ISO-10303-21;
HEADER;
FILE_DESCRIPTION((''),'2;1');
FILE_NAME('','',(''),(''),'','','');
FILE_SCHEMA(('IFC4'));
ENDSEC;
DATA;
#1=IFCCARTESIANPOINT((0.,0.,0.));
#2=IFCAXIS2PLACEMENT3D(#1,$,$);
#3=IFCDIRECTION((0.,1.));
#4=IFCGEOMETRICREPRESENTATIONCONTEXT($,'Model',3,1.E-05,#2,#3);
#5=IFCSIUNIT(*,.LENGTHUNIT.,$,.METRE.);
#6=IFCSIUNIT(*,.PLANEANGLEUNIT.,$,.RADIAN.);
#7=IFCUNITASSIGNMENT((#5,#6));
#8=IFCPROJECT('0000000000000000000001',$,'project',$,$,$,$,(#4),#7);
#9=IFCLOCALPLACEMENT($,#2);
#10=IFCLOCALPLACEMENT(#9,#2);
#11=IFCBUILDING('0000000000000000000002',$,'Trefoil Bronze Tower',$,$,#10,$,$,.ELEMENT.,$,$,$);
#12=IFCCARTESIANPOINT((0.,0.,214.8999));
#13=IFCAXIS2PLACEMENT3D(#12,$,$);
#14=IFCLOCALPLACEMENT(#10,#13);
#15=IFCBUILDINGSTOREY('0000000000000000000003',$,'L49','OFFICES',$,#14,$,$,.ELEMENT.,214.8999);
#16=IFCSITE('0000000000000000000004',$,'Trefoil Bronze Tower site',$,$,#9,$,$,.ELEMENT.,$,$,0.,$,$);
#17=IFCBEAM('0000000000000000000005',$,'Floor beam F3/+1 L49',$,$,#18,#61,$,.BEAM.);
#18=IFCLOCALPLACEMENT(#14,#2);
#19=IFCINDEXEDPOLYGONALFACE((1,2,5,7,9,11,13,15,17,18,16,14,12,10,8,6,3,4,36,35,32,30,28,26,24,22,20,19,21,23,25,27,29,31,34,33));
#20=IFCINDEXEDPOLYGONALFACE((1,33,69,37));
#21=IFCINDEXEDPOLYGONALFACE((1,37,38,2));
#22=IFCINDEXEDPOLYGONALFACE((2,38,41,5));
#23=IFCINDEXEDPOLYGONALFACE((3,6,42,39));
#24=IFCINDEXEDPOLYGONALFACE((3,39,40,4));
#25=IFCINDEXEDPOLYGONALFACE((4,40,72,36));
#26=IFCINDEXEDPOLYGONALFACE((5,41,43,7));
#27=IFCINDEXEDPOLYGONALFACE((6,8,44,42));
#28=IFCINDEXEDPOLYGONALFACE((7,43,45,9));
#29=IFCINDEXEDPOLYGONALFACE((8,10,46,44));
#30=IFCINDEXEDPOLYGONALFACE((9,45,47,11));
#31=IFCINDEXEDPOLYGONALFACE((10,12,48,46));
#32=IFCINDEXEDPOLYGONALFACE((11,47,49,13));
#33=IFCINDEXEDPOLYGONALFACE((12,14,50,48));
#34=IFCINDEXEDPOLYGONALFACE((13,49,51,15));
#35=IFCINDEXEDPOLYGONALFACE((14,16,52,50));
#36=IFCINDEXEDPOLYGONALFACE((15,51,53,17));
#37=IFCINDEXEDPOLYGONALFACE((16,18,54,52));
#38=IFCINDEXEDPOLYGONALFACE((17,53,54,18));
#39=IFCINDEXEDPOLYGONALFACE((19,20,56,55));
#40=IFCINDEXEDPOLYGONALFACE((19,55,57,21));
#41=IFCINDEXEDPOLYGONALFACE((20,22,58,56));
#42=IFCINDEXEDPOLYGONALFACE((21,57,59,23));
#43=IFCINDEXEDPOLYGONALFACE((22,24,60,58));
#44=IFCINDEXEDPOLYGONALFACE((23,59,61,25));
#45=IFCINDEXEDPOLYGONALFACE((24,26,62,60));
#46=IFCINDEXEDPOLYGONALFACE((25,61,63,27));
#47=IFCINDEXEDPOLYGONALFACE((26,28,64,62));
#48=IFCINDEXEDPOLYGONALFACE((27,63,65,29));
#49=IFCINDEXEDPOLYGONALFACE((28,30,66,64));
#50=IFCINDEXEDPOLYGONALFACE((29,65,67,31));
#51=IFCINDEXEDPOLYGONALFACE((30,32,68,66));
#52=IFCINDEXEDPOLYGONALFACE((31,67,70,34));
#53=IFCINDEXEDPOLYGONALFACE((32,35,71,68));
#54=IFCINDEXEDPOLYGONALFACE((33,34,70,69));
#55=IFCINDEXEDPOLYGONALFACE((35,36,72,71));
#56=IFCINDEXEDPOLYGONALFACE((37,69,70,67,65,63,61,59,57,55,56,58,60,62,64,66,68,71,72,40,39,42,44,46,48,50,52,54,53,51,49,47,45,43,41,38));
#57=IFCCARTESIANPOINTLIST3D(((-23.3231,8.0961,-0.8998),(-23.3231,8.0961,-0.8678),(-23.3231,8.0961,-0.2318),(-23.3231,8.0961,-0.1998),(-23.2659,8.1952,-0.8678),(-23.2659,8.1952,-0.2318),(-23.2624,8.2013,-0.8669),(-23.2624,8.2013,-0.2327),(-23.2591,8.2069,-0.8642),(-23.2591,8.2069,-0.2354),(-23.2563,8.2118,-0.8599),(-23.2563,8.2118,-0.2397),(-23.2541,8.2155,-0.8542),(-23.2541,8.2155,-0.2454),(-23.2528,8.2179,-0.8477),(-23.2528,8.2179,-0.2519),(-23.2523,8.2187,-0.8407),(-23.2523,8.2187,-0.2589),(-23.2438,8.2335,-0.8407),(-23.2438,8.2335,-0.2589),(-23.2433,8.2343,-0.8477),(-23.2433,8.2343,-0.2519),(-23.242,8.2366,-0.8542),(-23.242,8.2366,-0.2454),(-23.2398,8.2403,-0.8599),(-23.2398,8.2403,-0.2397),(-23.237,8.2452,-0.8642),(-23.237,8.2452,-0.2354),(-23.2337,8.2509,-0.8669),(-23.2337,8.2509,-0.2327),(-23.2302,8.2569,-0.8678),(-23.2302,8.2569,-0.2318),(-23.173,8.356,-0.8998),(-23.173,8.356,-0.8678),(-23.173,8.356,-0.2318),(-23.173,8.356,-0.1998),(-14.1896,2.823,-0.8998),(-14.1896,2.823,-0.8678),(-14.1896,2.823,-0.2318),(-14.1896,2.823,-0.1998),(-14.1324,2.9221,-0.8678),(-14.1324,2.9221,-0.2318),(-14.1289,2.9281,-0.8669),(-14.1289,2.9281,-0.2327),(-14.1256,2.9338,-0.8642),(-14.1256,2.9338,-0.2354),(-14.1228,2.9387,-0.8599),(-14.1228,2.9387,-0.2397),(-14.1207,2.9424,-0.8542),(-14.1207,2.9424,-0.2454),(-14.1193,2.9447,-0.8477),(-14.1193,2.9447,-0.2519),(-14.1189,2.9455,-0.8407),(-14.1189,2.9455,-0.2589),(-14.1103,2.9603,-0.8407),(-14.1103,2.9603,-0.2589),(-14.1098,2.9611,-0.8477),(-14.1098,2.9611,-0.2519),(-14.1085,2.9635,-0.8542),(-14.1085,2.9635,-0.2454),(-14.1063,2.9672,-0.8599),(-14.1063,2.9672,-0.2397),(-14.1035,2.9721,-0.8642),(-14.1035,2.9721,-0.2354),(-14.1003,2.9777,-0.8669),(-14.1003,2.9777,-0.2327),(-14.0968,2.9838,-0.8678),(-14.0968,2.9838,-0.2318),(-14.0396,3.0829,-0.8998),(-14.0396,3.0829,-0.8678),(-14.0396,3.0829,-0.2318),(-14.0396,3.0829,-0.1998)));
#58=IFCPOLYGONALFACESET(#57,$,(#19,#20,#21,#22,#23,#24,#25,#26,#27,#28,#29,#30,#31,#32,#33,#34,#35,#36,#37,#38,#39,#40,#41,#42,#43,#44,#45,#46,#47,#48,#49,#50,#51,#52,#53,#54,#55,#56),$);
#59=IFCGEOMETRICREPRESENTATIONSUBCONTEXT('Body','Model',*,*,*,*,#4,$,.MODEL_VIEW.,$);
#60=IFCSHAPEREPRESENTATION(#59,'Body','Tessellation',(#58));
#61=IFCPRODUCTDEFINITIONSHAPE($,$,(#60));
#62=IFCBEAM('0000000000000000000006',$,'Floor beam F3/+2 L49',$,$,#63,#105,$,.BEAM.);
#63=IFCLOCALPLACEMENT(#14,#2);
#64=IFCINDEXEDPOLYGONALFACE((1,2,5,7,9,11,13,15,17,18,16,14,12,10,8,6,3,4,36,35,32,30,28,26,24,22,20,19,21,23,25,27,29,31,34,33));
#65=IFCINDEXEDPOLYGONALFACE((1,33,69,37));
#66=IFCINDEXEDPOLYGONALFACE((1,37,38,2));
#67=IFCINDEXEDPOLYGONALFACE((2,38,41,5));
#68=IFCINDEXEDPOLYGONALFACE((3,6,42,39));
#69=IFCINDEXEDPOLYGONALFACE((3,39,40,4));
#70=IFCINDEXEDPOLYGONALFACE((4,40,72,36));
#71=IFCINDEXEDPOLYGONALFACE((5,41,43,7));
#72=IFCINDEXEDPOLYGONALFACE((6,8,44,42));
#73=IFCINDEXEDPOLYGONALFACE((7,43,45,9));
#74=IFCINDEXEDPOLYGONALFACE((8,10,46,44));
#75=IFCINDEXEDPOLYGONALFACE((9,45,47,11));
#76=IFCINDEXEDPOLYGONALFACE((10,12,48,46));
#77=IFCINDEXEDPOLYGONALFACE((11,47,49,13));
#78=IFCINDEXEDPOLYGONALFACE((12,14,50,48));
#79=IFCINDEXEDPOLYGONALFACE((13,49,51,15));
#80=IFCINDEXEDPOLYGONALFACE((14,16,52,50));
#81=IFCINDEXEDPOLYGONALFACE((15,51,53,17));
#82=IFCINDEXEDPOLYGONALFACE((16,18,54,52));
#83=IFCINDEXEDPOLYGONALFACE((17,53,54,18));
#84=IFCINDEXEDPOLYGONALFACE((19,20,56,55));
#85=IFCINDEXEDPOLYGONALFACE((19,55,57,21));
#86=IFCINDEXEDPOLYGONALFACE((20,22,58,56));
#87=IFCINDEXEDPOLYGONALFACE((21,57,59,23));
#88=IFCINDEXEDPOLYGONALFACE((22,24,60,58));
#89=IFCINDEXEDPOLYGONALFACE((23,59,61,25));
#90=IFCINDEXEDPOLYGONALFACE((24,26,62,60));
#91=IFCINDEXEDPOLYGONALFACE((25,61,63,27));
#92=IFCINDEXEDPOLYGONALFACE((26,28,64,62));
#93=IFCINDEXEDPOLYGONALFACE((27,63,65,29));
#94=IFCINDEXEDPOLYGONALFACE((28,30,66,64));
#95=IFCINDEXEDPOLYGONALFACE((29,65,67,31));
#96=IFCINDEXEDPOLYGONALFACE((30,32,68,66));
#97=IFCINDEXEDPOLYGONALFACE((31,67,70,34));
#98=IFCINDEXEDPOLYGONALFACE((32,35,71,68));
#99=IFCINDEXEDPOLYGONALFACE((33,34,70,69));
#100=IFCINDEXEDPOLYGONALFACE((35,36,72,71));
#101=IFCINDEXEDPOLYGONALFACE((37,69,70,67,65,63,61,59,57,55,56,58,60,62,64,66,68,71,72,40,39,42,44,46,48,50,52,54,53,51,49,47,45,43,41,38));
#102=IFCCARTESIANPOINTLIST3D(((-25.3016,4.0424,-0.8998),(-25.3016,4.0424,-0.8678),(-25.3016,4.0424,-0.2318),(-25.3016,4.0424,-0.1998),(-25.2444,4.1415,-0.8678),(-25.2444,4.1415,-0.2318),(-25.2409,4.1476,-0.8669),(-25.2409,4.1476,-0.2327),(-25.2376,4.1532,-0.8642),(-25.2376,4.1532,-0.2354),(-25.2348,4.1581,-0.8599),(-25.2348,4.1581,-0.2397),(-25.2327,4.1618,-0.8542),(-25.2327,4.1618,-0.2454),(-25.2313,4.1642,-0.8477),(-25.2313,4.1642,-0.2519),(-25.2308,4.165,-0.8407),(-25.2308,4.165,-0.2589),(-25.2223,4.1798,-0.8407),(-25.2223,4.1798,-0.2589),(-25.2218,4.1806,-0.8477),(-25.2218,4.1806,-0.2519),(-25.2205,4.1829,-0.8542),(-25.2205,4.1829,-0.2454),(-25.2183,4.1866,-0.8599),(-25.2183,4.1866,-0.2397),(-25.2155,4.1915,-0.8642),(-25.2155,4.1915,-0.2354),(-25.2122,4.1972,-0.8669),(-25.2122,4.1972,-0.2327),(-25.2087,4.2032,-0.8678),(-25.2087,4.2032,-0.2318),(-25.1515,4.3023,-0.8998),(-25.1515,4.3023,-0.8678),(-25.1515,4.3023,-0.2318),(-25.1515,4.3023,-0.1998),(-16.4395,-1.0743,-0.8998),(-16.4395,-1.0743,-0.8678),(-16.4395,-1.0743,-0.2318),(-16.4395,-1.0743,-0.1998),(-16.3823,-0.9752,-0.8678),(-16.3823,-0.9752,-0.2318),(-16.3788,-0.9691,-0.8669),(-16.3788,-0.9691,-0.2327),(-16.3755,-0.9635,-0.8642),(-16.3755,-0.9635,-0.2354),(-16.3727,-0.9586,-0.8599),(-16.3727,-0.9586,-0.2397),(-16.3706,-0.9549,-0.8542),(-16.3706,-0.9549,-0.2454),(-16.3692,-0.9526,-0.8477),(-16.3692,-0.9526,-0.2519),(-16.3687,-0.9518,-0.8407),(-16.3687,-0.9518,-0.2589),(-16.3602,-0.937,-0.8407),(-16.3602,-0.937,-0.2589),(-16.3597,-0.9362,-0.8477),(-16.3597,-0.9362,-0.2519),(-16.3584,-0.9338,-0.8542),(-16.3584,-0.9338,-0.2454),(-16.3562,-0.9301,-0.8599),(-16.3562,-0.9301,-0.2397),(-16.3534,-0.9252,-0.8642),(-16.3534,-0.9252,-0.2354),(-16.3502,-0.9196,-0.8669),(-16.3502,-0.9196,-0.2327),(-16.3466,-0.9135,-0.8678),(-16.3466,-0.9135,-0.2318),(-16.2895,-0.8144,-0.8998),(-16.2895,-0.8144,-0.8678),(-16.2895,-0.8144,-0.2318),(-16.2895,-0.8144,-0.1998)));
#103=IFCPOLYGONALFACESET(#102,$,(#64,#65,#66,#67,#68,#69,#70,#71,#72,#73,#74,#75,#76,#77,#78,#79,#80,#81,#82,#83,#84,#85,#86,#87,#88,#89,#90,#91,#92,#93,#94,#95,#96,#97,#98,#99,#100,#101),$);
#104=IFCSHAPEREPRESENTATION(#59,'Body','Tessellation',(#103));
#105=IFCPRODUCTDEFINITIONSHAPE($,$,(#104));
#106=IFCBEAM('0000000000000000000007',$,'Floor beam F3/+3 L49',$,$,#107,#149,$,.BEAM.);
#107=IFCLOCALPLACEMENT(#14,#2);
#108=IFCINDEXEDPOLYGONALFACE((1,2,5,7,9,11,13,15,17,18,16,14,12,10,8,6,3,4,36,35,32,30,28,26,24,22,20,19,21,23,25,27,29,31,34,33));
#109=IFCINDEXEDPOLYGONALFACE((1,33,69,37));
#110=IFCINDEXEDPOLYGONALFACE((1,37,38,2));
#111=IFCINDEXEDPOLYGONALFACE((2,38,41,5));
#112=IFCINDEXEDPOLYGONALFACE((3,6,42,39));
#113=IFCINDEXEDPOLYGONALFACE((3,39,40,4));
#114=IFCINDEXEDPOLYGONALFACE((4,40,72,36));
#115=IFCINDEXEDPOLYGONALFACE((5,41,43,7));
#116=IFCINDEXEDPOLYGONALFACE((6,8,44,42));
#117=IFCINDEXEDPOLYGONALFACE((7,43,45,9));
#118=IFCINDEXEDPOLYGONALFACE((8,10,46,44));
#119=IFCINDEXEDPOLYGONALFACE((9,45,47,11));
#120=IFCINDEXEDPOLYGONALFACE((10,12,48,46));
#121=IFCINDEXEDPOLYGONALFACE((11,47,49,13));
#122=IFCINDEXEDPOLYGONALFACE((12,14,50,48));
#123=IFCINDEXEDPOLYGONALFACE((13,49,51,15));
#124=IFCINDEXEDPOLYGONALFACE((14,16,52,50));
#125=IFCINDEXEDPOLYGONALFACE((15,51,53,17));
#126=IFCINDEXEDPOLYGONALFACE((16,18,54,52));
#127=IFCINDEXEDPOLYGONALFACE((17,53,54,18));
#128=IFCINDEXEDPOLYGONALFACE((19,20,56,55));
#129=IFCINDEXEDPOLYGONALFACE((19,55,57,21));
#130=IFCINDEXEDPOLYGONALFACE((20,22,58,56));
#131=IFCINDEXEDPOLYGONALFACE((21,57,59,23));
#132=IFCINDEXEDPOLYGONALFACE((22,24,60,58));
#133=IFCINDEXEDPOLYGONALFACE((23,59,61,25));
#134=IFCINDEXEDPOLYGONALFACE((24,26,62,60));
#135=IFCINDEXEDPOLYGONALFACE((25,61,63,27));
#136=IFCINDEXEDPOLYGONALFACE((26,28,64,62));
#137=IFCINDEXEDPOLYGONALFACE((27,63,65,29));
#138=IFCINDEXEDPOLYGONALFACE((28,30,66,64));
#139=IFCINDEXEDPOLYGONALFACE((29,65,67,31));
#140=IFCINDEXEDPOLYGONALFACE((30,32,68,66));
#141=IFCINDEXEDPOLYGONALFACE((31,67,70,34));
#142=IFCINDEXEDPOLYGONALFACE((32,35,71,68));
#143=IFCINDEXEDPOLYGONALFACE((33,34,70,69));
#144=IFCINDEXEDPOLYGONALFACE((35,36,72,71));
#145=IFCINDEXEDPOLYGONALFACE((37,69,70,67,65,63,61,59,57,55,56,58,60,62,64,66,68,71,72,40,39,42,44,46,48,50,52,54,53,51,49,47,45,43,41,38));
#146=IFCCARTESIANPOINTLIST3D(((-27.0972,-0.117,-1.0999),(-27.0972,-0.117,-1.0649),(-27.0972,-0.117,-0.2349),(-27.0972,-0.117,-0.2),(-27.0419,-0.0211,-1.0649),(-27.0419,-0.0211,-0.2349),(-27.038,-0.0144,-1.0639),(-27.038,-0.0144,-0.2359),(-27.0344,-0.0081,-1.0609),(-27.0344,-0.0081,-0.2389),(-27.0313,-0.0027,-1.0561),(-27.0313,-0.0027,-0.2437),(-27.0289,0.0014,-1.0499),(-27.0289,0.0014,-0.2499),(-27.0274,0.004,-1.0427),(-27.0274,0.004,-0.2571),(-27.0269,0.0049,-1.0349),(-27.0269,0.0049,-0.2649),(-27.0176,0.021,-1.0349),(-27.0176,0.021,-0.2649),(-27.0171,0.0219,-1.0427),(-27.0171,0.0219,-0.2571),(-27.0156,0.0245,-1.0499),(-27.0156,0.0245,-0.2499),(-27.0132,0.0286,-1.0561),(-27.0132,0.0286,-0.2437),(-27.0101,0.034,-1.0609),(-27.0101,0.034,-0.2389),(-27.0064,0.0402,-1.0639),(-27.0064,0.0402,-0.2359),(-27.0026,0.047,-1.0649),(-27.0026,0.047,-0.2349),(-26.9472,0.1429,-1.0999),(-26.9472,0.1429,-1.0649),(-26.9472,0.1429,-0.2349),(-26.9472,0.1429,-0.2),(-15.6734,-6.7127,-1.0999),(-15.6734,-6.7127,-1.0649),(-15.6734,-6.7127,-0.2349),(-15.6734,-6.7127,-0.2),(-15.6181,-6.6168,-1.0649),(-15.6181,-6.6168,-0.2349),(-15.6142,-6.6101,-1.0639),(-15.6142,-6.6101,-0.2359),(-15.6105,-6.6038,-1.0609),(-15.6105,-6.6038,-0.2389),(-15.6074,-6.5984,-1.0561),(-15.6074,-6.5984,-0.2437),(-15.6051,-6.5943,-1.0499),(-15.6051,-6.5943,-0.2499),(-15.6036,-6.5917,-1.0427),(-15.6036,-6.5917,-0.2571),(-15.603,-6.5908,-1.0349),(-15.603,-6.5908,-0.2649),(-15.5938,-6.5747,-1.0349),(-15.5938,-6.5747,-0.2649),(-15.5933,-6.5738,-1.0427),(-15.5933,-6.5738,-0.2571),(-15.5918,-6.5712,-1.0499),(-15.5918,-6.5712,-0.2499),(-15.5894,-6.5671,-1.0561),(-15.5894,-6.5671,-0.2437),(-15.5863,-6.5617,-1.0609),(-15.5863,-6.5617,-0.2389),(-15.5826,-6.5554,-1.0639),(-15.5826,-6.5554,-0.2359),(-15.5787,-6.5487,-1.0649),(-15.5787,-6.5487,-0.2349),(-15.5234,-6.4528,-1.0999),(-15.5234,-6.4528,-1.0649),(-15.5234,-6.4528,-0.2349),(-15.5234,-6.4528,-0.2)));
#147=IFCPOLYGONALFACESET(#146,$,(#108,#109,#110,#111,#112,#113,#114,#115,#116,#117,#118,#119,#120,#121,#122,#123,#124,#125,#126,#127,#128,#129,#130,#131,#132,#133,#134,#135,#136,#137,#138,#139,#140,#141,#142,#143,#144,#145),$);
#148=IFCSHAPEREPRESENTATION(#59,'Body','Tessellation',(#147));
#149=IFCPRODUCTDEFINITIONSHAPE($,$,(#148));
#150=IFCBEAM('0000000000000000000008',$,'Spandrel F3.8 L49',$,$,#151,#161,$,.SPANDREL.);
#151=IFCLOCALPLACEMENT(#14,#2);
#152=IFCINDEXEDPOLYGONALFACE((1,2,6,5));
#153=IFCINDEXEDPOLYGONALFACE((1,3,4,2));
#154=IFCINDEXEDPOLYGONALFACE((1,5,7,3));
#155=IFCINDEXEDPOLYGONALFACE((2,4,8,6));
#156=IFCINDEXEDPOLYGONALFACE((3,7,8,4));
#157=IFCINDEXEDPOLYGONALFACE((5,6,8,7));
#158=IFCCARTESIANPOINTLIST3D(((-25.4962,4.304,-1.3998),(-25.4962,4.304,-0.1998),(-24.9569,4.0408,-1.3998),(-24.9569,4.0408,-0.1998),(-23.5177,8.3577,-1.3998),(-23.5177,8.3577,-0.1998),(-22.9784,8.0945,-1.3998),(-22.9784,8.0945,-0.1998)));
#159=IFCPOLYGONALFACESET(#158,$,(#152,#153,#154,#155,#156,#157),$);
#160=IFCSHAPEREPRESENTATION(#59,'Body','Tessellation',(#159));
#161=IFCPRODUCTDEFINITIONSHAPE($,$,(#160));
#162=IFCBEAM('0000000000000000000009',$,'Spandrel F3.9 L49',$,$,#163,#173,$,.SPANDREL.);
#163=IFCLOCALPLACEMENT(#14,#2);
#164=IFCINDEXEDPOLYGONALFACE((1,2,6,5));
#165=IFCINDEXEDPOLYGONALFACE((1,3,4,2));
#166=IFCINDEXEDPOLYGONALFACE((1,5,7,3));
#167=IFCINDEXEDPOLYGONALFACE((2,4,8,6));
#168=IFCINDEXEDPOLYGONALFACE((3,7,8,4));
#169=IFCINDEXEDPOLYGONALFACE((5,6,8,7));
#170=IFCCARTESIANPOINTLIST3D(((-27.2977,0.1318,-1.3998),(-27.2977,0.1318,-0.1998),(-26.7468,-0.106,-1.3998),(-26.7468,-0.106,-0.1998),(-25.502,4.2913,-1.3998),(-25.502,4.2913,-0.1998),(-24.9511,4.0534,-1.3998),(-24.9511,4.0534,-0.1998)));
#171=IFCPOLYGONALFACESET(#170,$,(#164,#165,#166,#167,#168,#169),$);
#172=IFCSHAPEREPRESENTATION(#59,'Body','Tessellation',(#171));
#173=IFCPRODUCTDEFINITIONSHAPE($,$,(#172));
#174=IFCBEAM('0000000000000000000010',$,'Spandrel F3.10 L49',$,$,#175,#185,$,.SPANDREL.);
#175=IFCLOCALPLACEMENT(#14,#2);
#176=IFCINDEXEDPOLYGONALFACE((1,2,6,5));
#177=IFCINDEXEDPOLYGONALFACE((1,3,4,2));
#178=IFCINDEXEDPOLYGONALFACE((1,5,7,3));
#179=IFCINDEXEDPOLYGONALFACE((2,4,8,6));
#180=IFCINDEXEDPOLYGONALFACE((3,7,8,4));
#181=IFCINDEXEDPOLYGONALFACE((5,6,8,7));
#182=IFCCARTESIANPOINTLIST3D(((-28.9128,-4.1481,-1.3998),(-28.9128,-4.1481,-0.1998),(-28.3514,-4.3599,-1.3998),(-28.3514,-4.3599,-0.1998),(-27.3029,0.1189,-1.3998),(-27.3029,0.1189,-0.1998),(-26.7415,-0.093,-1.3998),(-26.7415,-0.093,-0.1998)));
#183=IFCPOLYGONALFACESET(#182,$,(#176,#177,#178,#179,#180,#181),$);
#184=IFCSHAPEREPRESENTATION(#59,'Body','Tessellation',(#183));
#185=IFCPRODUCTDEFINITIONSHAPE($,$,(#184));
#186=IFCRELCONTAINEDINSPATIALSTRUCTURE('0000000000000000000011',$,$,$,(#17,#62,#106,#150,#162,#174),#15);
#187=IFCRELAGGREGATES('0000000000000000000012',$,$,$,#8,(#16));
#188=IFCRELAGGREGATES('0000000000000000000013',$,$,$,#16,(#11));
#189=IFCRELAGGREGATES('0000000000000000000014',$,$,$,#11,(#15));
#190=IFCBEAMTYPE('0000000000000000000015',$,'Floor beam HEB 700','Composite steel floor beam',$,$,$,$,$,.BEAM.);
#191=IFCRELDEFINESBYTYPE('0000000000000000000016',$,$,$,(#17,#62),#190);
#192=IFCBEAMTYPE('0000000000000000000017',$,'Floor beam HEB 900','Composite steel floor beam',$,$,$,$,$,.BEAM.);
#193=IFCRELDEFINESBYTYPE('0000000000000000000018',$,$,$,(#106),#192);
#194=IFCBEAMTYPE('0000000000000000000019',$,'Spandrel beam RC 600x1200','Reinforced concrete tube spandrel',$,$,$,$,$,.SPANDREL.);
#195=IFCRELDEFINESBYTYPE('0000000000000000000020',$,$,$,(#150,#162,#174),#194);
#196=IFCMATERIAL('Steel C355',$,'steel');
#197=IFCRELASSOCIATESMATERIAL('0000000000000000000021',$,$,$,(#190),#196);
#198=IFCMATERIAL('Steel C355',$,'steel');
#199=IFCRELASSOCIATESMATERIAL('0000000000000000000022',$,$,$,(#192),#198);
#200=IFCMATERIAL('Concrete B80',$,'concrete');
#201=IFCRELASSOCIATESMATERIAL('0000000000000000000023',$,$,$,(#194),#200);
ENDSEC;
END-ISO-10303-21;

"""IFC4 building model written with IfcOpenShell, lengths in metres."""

from ifc_helpers import new_model, si_unit, direction, frame, origin, origin_2d, place, context, subcontext, project, spatial, rectangle, i_section, extrude, material, material_profile, profile_set, type_object, element, save


model = new_model("IFC4")

# Units and contexts
model_context = context("Model", 3, precision=1e-05, world=origin(), true_north=direction((0.0, 1.0)))
body_context = subcontext(model_context, "Body", "Model", "MODEL_VIEW")
ifc_project = project(units=[si_unit("LENGTHUNIT", "METRE"), si_unit("PLANEANGLEUNIT", "RADIAN")], contexts=[model_context])

# Site, building, storey
site_placement = place(None, origin())
site = spatial("IfcSite", under=ifc_project, at=site_placement, Name="Trefoil Bronze Tower site", CompositionType="ELEMENT", RefElevation=0.0)
building_placement = place(site_placement, origin())
building = spatial("IfcBuilding", under=site, at=building_placement, Name="Trefoil Bronze Tower", CompositionType="ELEMENT")
storey_placement = place(building_placement, frame((0.0, 0.0, 214.8999)))
storey = spatial("IfcBuildingStorey", under=building, at=storey_placement, Name="L49", Description="OFFICES", CompositionType="ELEMENT", Elevation=214.8999)

# Beams
ifc_material_1 = material(Name="Steel C355", Category="steel")
ifc_material_profile_1 = material_profile(ifc_material_1, i_section(OverallWidth=0.3, OverallDepth=0.7, WebThickness=0.0171, FlangeThickness=0.032, FilletRadius=0.0271, at=origin_2d()), Name="HEB 700")
ifc_profile_set_1 = profile_set([ifc_material_profile_1], Name="Steel C355")
beam_type_1 = type_object("IfcBeamType", Name="Floor beam HEB 700", Description="Composite steel floor beam", PredefinedType="BEAM", material=ifc_profile_set_1)
beam_1_placement = place(storey_placement, frame((-23.248, 8.2261, -0.5498), z_axis=(0.866028, -0.499996, 0.0), x_axis=(0.499996, 0.866028, 0.0)))
element("IfcBeam", 1, at=beam_1_placement, inside=storey, type_object=beam_type_1, Name="Floor beam F3/+1 L49", PredefinedType="BEAM", context=body_context, shape_type="SweptSolid", body=[
    extrude(i_section(OverallWidth=0.3, OverallDepth=0.7, WebThickness=0.0171, FlangeThickness=0.032, FilletRadius=0.0271, at=origin_2d()), origin(), (0.0, 0.0, 1.0), 10.5464),
])
beam_2_placement = place(storey_placement, frame((-25.2266, 4.1724, -0.5498), z_axis=(0.866018, -0.500014, 0.0), x_axis=(0.500014, 0.866018, 0.0)))
element("IfcBeam", 2, at=beam_2_placement, inside=storey, type_object=beam_type_1, Name="Floor beam F3/+2 L49", PredefinedType="BEAM", context=body_context, shape_type="SweptSolid", body=[
    extrude(i_section(OverallWidth=0.3, OverallDepth=0.7, WebThickness=0.0171, FlangeThickness=0.032, FilletRadius=0.0271, at=origin_2d()), origin(), (0.0, 0.0, 1.0), 10.2332),
])
ifc_material_2 = material(Name="Steel C355", Category="steel")
ifc_material_profile_2 = material_profile(ifc_material_2, i_section(OverallWidth=0.3, OverallDepth=0.8999, WebThickness=0.0186, FlangeThickness=0.0349, FilletRadius=0.03, at=origin_2d()), Name="HEB 900")
ifc_profile_set_2 = profile_set([ifc_material_profile_2], Name="Steel C355")
beam_type_2 = type_object("IfcBeamType", Name="Floor beam HEB 900", Description="Composite steel floor beam", PredefinedType="BEAM", material=ifc_profile_set_2)
beam_3_placement = place(storey_placement, frame((-27.0222, 0.0129, -0.6499), z_axis=(0.86602, -0.500009, 0.0), x_axis=(0.500009, 0.86602, 0.0)))
element("IfcBeam", 3, at=beam_3_placement, inside=storey, type_object=beam_type_2, Name="Floor beam F3/+3 L49", PredefinedType="BEAM", context=body_context, shape_type="SweptSolid", body=[
    extrude(i_section(OverallWidth=0.3, OverallDepth=0.8999, WebThickness=0.0186, FlangeThickness=0.0349, FilletRadius=0.03, at=origin_2d()), origin(), (0.0, 0.0, 1.0), 13.1912),
])
ifc_material_3 = material(Name="Concrete B80", Category="concrete")
ifc_material_profile_3 = material_profile(ifc_material_3, rectangle(XDim=0.6001, YDim=1.2, at=origin_2d()), Name="RC 600x1200")
ifc_profile_set_3 = profile_set([ifc_material_profile_3], Name="Concrete B80")
beam_type_3 = type_object("IfcBeamType", Name="Spandrel beam RC 600x1200", Description="Reinforced concrete tube spandrel", PredefinedType="SPANDREL", material=ifc_profile_set_3)
beam_4_placement = place(storey_placement, frame((-23.248, 8.2261, -0.7998), z_axis=(-0.43862, -0.898673, 0.0), x_axis=(0.898673, -0.43862, 0.0)))
element("IfcBeam", 4, at=beam_4_placement, inside=storey, type_object=beam_type_3, Name="Spandrel F3.8 L49", PredefinedType="SPANDREL", context=body_context, shape_type="SweptSolid", body=[
    extrude(rectangle(XDim=0.6001, YDim=1.2, at=origin_2d()), origin(), (0.0, 0.0, 1.0), 4.5107),
])
beam_5_placement = place(storey_placement, frame((-25.2266, 4.1724, -0.7998), z_axis=(-0.39635, -0.918099, 0.0), x_axis=(0.918099, -0.39635, 0.0)))
element("IfcBeam", 5, at=beam_5_placement, inside=storey, type_object=beam_type_3, Name="Spandrel F3.9 L49", PredefinedType="SPANDREL", context=body_context, shape_type="SweptSolid", body=[
    extrude(rectangle(XDim=0.6001, YDim=1.2, at=origin_2d()), origin(), (0.0, 0.0, 1.0), 4.5305),
])
beam_6_placement = place(storey_placement, frame((-27.0222, 0.0129, -0.7998), z_axis=(-0.353006, -0.935621, 0.0), x_axis=(0.935621, -0.353006, 0.0)))
element("IfcBeam", 6, at=beam_6_placement, inside=storey, type_object=beam_type_3, Name="Spandrel F3.10 L49", PredefinedType="SPANDREL", context=body_context, shape_type="SweptSolid", body=[
    extrude(rectangle(XDim=0.6001, YDim=1.2, at=origin_2d()), origin(), (0.0, 0.0, 1.0), 4.5605),
])

save(model, "model.ifc")
